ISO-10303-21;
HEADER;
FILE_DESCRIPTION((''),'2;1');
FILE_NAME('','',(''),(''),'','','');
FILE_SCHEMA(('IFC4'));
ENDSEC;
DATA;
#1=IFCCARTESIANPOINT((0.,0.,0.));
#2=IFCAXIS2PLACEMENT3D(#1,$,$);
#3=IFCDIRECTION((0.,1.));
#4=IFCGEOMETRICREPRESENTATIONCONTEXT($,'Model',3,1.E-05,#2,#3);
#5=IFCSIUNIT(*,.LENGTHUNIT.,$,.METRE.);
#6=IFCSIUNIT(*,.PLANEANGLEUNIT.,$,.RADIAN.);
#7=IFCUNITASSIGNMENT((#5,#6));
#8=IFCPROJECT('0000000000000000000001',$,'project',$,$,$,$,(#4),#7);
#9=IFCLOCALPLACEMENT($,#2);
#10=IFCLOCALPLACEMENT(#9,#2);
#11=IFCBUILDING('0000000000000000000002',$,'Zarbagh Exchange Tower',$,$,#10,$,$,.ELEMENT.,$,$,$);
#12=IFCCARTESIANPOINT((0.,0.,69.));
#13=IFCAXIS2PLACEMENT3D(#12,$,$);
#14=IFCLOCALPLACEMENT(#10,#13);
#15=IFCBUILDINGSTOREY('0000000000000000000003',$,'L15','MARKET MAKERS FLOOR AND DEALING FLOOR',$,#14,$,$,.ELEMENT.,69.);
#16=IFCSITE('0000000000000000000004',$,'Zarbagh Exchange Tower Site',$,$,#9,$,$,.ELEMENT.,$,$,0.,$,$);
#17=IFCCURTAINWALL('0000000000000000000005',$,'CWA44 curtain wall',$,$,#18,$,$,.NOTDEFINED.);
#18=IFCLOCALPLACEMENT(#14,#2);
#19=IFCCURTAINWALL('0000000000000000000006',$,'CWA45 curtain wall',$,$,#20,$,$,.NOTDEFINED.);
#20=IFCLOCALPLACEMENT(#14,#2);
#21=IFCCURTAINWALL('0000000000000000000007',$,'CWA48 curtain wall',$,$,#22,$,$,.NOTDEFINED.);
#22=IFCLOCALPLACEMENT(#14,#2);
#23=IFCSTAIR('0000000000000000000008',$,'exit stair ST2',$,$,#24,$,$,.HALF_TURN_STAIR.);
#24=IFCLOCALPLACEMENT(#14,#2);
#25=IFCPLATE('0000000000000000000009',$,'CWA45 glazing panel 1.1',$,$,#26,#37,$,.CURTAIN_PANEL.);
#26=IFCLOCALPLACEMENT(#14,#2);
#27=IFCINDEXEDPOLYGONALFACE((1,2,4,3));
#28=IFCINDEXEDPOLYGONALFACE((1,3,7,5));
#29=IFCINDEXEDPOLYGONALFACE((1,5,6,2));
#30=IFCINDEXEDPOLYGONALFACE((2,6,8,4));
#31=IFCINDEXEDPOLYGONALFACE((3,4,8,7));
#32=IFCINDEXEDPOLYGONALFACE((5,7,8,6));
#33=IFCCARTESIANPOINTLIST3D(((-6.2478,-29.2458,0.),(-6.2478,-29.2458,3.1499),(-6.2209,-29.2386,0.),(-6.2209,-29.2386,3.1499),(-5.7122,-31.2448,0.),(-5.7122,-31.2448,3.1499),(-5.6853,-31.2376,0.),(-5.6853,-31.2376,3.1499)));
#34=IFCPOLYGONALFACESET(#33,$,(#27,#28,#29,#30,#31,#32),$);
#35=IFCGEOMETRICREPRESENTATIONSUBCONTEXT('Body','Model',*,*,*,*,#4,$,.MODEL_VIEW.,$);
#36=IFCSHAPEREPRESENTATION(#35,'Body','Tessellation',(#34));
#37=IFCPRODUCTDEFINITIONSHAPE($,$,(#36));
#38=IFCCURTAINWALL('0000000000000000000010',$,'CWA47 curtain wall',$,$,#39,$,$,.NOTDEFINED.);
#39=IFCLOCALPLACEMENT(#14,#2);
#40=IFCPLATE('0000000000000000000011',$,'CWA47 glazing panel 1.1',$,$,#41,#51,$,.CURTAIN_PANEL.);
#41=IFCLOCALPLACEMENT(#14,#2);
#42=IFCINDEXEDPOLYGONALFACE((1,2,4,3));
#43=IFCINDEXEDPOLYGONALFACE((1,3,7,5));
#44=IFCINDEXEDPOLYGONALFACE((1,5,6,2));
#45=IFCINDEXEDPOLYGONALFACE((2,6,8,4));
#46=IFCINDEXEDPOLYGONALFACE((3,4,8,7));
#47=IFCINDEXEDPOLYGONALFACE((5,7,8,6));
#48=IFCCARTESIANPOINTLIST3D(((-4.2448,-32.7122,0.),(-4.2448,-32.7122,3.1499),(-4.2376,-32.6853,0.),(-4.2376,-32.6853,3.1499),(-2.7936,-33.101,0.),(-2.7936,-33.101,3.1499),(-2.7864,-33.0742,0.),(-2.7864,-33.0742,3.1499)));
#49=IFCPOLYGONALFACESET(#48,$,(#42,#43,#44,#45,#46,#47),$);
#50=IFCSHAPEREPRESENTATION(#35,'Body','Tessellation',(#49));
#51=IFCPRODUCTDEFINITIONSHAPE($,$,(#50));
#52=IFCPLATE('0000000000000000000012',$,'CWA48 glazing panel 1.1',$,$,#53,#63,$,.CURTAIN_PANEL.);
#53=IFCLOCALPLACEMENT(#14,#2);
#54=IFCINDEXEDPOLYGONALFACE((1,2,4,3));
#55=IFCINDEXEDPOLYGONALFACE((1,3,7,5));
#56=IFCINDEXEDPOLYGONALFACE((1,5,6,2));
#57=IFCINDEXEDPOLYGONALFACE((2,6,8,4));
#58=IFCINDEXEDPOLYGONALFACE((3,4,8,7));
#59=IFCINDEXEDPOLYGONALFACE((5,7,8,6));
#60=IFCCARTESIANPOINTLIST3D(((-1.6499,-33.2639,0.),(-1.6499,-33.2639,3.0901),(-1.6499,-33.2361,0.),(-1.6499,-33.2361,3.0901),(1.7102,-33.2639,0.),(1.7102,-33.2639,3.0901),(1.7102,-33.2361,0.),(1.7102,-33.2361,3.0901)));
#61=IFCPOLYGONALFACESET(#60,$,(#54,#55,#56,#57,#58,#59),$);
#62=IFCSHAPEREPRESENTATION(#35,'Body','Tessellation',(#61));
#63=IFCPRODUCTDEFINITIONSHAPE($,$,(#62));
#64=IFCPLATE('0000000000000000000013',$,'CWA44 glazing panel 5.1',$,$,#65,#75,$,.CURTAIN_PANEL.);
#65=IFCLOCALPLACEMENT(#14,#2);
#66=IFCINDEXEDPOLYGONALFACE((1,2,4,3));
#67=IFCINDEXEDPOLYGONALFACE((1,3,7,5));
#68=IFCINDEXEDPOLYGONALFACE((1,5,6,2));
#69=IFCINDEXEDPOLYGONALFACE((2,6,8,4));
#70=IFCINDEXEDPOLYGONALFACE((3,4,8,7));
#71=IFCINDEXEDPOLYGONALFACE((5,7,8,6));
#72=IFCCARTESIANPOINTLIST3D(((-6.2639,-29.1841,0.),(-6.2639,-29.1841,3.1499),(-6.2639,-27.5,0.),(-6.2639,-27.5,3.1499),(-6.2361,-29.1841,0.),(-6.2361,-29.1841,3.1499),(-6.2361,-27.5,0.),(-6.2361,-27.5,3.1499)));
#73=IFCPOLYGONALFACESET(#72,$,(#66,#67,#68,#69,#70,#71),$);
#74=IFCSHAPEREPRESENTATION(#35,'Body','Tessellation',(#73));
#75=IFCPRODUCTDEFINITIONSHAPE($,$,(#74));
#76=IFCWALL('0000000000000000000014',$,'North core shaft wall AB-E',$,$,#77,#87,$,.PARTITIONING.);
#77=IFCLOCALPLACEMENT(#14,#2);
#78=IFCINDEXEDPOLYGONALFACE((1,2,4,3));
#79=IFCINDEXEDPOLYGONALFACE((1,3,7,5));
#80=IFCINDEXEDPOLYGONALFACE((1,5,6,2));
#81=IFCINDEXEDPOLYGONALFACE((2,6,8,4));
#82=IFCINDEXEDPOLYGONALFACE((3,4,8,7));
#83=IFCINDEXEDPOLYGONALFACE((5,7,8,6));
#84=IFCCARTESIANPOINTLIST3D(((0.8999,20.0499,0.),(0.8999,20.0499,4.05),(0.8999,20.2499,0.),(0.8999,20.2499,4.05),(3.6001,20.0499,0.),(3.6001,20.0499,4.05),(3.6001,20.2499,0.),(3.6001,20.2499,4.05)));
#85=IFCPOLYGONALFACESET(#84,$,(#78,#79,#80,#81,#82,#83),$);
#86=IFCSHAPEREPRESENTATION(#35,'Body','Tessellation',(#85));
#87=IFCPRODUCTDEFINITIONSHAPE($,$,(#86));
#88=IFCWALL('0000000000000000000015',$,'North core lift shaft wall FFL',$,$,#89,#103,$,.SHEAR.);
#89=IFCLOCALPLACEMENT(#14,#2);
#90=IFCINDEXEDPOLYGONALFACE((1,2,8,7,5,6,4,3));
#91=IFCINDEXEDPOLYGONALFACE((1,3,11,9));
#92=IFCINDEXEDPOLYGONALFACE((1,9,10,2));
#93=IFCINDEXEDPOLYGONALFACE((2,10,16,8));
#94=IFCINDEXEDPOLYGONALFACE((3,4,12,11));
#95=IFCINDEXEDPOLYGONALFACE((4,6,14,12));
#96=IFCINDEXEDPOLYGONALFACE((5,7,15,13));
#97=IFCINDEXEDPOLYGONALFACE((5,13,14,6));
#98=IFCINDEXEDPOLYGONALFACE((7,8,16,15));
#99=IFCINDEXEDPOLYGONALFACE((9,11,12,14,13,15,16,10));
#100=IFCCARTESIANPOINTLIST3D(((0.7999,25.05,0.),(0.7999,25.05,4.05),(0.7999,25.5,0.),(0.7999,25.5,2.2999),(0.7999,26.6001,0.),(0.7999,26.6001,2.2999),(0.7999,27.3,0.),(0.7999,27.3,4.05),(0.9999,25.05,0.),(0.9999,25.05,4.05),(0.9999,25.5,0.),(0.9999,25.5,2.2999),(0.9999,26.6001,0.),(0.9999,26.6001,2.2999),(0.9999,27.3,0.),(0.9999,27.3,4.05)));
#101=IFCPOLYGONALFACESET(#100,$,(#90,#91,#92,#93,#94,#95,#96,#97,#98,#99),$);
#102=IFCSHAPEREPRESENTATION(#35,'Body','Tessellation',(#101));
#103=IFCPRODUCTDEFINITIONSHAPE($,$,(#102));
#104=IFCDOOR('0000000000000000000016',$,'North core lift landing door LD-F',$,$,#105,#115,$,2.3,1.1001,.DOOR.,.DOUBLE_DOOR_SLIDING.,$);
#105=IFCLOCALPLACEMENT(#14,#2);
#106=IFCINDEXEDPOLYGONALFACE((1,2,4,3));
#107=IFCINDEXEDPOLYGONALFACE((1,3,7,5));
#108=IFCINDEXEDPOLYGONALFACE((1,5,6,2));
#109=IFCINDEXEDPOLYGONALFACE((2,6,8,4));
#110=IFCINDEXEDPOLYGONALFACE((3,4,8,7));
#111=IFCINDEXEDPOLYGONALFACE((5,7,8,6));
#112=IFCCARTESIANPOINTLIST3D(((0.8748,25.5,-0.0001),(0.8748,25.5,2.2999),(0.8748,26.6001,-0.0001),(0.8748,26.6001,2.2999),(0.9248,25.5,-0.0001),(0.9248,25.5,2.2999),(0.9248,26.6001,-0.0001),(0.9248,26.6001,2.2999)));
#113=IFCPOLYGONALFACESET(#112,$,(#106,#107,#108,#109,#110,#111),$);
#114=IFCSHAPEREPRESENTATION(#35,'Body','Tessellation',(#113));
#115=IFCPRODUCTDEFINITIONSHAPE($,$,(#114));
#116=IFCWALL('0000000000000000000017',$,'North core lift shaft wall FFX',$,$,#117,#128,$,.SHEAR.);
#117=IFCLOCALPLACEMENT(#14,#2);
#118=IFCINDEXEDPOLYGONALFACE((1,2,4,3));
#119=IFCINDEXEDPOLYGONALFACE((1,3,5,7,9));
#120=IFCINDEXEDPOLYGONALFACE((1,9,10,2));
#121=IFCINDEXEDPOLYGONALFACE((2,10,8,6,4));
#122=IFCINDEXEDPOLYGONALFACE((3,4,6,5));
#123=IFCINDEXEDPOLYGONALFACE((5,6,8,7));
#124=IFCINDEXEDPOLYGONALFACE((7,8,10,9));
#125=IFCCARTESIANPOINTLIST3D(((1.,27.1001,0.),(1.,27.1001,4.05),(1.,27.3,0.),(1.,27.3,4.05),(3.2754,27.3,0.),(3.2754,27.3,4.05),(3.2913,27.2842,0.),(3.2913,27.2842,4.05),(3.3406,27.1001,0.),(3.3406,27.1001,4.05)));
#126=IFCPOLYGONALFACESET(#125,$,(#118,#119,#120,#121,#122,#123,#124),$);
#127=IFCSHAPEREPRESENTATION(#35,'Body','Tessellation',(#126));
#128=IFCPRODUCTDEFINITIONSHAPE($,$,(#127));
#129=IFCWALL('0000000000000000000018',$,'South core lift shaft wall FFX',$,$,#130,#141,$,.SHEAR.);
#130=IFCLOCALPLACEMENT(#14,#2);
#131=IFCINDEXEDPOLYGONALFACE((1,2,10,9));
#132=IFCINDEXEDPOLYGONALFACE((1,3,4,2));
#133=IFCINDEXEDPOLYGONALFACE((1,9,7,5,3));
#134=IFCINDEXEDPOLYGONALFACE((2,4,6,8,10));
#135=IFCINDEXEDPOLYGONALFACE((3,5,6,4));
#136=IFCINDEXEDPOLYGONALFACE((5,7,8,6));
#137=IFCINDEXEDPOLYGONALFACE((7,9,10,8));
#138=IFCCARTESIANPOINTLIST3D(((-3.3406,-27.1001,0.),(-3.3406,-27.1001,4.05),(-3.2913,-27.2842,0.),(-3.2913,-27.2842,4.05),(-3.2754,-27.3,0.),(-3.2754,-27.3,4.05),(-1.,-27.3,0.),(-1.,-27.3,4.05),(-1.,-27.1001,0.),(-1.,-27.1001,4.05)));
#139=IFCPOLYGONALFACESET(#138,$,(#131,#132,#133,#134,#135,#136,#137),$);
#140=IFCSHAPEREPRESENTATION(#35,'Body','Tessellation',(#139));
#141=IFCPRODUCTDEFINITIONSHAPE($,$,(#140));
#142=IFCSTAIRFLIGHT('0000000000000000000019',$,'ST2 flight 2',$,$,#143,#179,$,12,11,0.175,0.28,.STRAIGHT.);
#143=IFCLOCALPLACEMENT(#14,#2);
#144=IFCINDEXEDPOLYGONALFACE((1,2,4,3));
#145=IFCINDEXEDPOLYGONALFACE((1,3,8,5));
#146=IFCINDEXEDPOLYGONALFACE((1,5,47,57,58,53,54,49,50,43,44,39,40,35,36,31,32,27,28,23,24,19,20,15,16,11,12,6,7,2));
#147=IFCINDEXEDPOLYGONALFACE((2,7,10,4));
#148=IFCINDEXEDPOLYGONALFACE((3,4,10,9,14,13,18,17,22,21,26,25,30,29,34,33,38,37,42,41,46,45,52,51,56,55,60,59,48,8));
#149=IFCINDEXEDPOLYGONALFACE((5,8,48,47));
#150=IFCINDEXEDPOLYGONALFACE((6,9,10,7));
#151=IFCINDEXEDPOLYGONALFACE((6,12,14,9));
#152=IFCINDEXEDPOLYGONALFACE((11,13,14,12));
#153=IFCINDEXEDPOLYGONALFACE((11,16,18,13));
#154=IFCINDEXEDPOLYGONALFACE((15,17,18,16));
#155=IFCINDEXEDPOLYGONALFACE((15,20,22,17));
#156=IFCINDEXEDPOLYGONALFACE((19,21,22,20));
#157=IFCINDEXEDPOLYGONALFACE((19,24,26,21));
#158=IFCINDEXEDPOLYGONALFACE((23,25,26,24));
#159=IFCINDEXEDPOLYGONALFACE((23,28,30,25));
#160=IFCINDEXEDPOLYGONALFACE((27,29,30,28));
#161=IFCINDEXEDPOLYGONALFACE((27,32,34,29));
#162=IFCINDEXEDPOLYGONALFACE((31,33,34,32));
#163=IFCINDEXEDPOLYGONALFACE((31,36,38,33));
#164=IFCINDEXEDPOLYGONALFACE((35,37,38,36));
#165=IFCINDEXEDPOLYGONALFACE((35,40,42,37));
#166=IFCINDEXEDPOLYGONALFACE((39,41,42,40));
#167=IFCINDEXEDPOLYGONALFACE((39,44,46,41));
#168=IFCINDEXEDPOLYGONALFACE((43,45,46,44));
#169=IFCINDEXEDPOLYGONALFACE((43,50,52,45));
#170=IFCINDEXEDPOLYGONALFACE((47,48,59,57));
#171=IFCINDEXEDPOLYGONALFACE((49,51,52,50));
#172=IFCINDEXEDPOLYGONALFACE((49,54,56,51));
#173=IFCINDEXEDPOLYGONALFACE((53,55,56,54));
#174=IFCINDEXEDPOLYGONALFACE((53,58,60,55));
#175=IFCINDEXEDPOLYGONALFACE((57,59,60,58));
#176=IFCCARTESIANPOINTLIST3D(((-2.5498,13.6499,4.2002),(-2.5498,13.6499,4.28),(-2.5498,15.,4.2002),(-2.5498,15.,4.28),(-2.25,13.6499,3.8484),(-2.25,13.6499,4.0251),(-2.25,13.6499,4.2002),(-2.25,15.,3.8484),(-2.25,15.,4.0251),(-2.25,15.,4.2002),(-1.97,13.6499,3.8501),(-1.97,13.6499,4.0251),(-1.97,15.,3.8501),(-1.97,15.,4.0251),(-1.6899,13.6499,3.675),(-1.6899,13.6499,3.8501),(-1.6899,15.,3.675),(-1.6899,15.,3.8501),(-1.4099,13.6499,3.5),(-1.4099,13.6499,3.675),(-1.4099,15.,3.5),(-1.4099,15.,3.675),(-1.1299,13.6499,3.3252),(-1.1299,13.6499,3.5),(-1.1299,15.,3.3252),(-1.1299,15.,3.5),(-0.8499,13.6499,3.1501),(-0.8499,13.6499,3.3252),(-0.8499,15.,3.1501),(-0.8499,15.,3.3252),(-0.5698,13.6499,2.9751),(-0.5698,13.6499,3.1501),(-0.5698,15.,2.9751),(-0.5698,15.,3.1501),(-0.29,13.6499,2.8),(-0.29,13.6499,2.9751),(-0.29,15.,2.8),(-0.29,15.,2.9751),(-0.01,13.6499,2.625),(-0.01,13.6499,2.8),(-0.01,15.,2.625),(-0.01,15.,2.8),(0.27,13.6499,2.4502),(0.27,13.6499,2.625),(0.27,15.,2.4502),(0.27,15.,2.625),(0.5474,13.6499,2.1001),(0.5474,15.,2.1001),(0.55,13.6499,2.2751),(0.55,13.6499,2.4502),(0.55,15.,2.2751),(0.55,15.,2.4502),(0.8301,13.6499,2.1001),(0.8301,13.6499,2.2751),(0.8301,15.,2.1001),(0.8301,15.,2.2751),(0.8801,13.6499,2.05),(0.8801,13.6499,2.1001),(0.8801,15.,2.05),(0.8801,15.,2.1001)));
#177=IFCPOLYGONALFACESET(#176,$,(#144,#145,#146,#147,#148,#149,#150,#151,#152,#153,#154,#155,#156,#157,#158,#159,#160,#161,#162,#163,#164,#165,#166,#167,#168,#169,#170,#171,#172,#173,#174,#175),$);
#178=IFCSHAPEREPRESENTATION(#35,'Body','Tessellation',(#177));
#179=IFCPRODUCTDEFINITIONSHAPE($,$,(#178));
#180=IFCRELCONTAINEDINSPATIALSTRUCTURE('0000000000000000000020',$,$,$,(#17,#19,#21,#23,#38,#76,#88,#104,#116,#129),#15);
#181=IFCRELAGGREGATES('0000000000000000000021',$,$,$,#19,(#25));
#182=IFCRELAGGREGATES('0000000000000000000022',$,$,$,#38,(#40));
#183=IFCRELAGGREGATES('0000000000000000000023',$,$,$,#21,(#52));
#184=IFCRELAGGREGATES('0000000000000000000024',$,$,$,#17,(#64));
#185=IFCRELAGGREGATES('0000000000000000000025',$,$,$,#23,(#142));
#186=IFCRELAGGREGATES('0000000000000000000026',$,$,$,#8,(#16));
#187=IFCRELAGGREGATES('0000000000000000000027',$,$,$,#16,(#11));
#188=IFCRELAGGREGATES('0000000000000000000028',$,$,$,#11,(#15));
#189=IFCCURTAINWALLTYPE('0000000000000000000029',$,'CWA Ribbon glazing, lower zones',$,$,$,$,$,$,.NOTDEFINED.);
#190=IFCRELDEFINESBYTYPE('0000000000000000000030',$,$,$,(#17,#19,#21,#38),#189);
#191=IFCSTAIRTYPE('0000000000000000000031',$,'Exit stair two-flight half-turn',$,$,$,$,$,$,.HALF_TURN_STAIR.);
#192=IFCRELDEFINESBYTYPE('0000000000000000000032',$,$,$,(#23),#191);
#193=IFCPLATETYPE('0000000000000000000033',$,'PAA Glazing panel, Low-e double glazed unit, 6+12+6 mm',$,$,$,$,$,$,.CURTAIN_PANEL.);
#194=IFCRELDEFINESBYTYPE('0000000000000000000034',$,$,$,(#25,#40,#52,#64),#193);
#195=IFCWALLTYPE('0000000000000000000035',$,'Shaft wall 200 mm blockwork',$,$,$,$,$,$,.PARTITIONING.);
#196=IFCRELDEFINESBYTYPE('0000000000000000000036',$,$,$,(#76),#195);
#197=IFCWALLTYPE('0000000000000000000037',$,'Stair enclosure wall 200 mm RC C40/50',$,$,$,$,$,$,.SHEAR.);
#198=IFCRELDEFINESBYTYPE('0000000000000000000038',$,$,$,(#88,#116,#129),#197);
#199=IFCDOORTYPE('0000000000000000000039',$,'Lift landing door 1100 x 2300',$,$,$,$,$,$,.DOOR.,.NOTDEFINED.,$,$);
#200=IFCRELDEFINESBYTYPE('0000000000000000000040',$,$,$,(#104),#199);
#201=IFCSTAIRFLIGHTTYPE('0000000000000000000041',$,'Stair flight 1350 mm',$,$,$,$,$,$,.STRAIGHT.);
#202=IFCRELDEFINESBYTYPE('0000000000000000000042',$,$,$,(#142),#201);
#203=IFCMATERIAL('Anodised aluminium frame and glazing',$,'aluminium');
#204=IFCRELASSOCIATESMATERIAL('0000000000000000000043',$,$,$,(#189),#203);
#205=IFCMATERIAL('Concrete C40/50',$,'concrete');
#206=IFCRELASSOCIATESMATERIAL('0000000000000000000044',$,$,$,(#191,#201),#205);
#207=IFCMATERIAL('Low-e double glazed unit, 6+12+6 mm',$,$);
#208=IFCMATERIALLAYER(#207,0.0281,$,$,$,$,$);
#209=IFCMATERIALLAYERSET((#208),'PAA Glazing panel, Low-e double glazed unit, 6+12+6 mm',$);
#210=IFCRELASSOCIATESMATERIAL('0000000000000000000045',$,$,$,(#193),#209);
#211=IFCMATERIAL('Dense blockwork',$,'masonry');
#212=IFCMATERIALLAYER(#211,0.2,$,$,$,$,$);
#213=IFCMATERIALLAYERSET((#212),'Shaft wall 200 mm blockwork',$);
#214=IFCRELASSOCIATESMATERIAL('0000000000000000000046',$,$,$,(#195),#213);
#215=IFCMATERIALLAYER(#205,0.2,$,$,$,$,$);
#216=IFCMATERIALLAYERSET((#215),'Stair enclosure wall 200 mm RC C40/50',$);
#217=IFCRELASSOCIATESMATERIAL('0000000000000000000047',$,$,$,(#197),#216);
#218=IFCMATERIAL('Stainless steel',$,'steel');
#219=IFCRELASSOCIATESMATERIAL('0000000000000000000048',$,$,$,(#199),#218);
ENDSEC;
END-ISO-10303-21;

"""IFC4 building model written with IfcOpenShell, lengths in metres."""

from ifc_helpers import new_model, si_unit, direction, frame, frame_2d, origin, place, context, subcontext, project, spatial, polyline, rectangle, outline, extrude, source, transform, mapped, material, layer, layer_set, type_object, element, fill, aggregate, save


model = new_model("IFC4")

# Units and contexts
model_context = context("Model", 3, precision=1e-05, world=origin(), true_north=direction((0.0, 1.0)))
body_context = subcontext(model_context, "Body", "Model", "MODEL_VIEW")
ifc_project = project(units=[si_unit("LENGTHUNIT", "METRE"), si_unit("PLANEANGLEUNIT", "RADIAN")], contexts=[model_context])

# Site, building, storey
site_placement = place(None, origin())
site = spatial("IfcSite", under=ifc_project, at=site_placement, Name="Zarbagh Exchange Tower Site", CompositionType="ELEMENT", RefElevation=0.0)
building_placement = place(site_placement, origin())
building = spatial("IfcBuilding", under=site, at=building_placement, Name="Zarbagh Exchange Tower", CompositionType="ELEMENT")
storey_placement = place(building_placement, frame((0.0, 0.0, 69.0)))
storey = spatial("IfcBuildingStorey", under=building, at=storey_placement, Name="L15", Description="MARKET MAKERS FLOOR AND DEALING FLOOR", CompositionType="ELEMENT", Elevation=69.0)

# Curtain wall
ifc_material_1 = material(Name="Anodised aluminium frame and glazing", Category="aluminium")
curtain_wall_type = type_object("IfcCurtainWallType", Name="CWA Ribbon glazing, lower zones", PredefinedType="NOTDEFINED", material=ifc_material_1)
curtain_wall_1_placement = place(storey_placement, origin())
curtain_wall_1 = element("IfcCurtainWall", 1, at=curtain_wall_1_placement, inside=storey, type_object=curtain_wall_type, Name="CWA44 curtain wall", PredefinedType="NOTDEFINED")
placement = place(storey_placement, origin())

# Curtain wall
curtain_wall_2_placement = place(storey_placement, origin())
curtain_wall_2 = element("IfcCurtainWall", 2, at=curtain_wall_2_placement, inside=storey, type_object=curtain_wall_type, Name="CWA45 curtain wall", PredefinedType="NOTDEFINED")

# Curtain wall
curtain_wall_3_placement = place(storey_placement, origin())
curtain_wall_3 = element("IfcCurtainWall", 3, at=curtain_wall_3_placement, inside=storey, type_object=curtain_wall_type, Name="CWA48 curtain wall", PredefinedType="NOTDEFINED")

# Stair
ifc_material_2 = material(Name="Concrete C40/50", Category="concrete")
stair_type = type_object("IfcStairType", Name="Exit stair two-flight half-turn", PredefinedType="HALF_TURN_STAIR", material=ifc_material_2)
stair_1_placement = place(storey_placement, origin())
stair_1 = element("IfcStair", 4, at=stair_1_placement, inside=storey, type_object=stair_type, Name="exit stair ST2", PredefinedType="HALF_TURN_STAIR")

# Shared definitions
ifc_material_3 = material(Name="Low-e double glazed unit, 6+12+6 mm")
ifc_layer_1 = layer(ifc_material_3, 0.0281)
ifc_layer_set_1 = layer_set([ifc_layer_1], Name="PAA Glazing panel, Low-e double glazed unit, 6+12+6 mm")
plate_type = type_object("IfcPlateType", Name="PAA Glazing panel, Low-e double glazed unit, 6+12+6 mm", PredefinedType="CURTAIN_PANEL", material=ifc_layer_set_1)

# Plate
shared_shape_1 = source(origin(), body_context, "Body", "SweptSolid", [
    extrude(outline(polyline([(0.0, -0.0139), (2.0696, -0.0139), (2.0696, 0.0139), (0.0, 0.0139), (0.0, -0.0139)])), origin(), (0.0, 0.0, 1.0), 3.1499),
])
plate_1 = element("IfcPlate", 5, at=placement, type_object=plate_type, Name="CWA45 glazing panel 1.1", PredefinedType="CURTAIN_PANEL", context=body_context, shape_type="MappedRepresentation", body=[
    mapped(shared_shape_1, transform((-6.2344, -29.2422, 0.0), x_axis=(0.258825, -0.965924, 0.0), y_axis=(0.965924, 0.258825, 0.0), z_axis=(0.0, 0.0, 1.0))),
])
aggregate(curtain_wall_2, [plate_1])

# Curtain wall, plate
curtain_wall_4_placement = place(storey_placement, origin())
curtain_wall_4 = element("IfcCurtainWall", 6, at=curtain_wall_4_placement, inside=storey, type_object=curtain_wall_type, Name="CWA47 curtain wall", PredefinedType="NOTDEFINED")
shared_shape_2 = source(origin(), body_context, "Body", "SweptSolid", [
    extrude(outline(polyline([(0.0, -0.0139), (1.5024, -0.0139), (1.5024, 0.0139), (0.0, 0.0139), (0.0, -0.0139)])), origin(), (0.0, 0.0, 1.0), 3.1499),
])
plate_2 = element("IfcPlate", 7, at=placement, type_object=plate_type, Name="CWA47 glazing panel 1.1", PredefinedType="CURTAIN_PANEL", context=body_context, shape_type="MappedRepresentation", body=[
    mapped(shared_shape_2, transform((-4.2412, -32.6987, 0.0), x_axis=(0.965924, -0.258825, 0.0), y_axis=(0.258825, 0.965924, 0.0), z_axis=(0.0, 0.0, 1.0))),
])
aggregate(curtain_wall_4, [plate_2])

# Plates
shared_shape_3 = source(origin(), body_context, "Body", "SweptSolid", [
    extrude(outline(polyline([(0.0, -0.0139), (3.3601, -0.0139), (3.3601, 0.0139), (0.0, 0.0139), (0.0, -0.0139)])), origin(), (0.0, 0.0, 1.0), 3.0901),
])
plate_3 = element("IfcPlate", 8, at=placement, type_object=plate_type, Name="CWA48 glazing panel 1.1", PredefinedType="CURTAIN_PANEL", context=body_context, shape_type="MappedRepresentation", body=[
    mapped(shared_shape_3, transform((-1.6499, -33.25, 0.0), x_axis=(1.0, 0.0, 0.0), y_axis=(0.0, 1.0, 0.0), z_axis=(0.0, 0.0, 1.0))),
])
aggregate(curtain_wall_3, [plate_3])
shared_shape_4 = source(origin(), body_context, "Body", "SweptSolid", [
    extrude(outline(polyline([(0.0, -0.0139), (1.6841, -0.0139), (1.6841, 0.0139), (0.0, 0.0139), (0.0, -0.0139)])), origin(), (0.0, 0.0, 1.0), 3.1499),
])
plate_4 = element("IfcPlate", 9, at=placement, type_object=plate_type, Name="CWA44 glazing panel 5.1", PredefinedType="CURTAIN_PANEL", context=body_context, shape_type="MappedRepresentation", body=[
    mapped(shared_shape_4, transform((-6.25, -27.5, 0.0), x_axis=(0.0, -1.0, 0.0), y_axis=(1.0, 0.0, 0.0), z_axis=(0.0, 0.0, 1.0))),
])
aggregate(curtain_wall_1, [plate_4])

# Wall
ifc_material_4 = material(Name="Dense blockwork", Category="masonry")
ifc_layer_2 = layer(ifc_material_4, 0.2)
ifc_layer_set_2 = layer_set([ifc_layer_2], Name="Shaft wall 200 mm blockwork")
wall_type_1 = type_object("IfcWallType", Name="Shaft wall 200 mm blockwork", PredefinedType="PARTITIONING", material=ifc_layer_set_2)
wall_1_placement = place(storey_placement, frame((0.8999, 20.1499, 0.0), z_axis=(0.0, 0.0, 1.0), x_axis=(1.0, 0.0, 0.0)))
element("IfcWall", 10, at=wall_1_placement, inside=storey, type_object=wall_type_1, Name="North core shaft wall AB-E", PredefinedType="PARTITIONING", context=body_context, shape_type="SweptSolid", body=[
    extrude(rectangle(XDim=2.7002, YDim=0.2, at=frame_2d((1.3501, 0.0))), origin(), (0.0, 0.0, 1.0), 4.05),
])

# Wall, opening, door
ifc_layer_3 = layer(ifc_material_2, 0.2)
ifc_layer_set_3 = layer_set([ifc_layer_3], Name="Stair enclosure wall 200 mm RC C40/50")
wall_type_2 = type_object("IfcWallType", Name="Stair enclosure wall 200 mm RC C40/50", PredefinedType="SHEAR", material=ifc_layer_set_3)
wall_2_placement = place(storey_placement, frame((0.8999, 27.3, 0.0), z_axis=(0.0, 0.0, 1.0), x_axis=(0.0, -1.0, 0.0)))
wall_2 = element("IfcWall", 11, at=wall_2_placement, inside=storey, type_object=wall_type_2, Name="North core lift shaft wall FFL", PredefinedType="SHEAR", context=body_context, shape_type="SweptSolid", body=[
    extrude(rectangle(XDim=2.25, YDim=0.2, at=frame_2d((1.125, 0.0))), origin(), (0.0, 0.0, 1.0), 4.05),
])
opening_placement = place(wall_2_placement, frame((0.7, 0.0, 0.0)))
opening = element("IfcOpeningElement", 12, at=opening_placement, cuts=wall_2, PredefinedType="OPENING", context=body_context, shape_type="SweptSolid", body=[
    extrude(rectangle(XDim=1.1001, YDim=2.3, at=frame_2d((0.55, 1.1499))), frame((0.0, 0.1099, 0.0), z_axis=(0.0, -1.0, 0.0), x_axis=(1.0, 0.0, 0.0)), (0.0, 0.0, 1.0), 0.22),
])
ifc_material_5 = material(Name="Stainless steel", Category="steel")
door_type = type_object("IfcDoorType", Name="Lift landing door 1100 x 2300", OperationType="NOTDEFINED", PredefinedType="DOOR", material=ifc_material_5)
door_placement = place(opening_placement, origin())
door = element("IfcDoor", 13, at=door_placement, inside=storey, type_object=door_type, Name="North core lift landing door LD-F", OperationType="DOUBLE_DOOR_SLIDING", OverallHeight=2.3, OverallWidth=1.1001, PredefinedType="DOOR", context=body_context, shape_type="SweptSolid", body=[
    extrude(rectangle(XDim=1.1001, YDim=2.3, at=frame_2d((0.55, 1.1499))), frame((0.0, 0.0249, 0.0), z_axis=(0.0, -1.0, 0.0), x_axis=(1.0, 0.0, 0.0)), (0.0, 0.0, 1.0), 0.05),
])
fill(opening, door)

# Walls
wall_3_placement = place(storey_placement, origin())
element("IfcWall", 14, at=wall_3_placement, inside=storey, type_object=wall_type_2, Name="North core lift shaft wall FFX", PredefinedType="SHEAR", context=body_context, shape_type="SweptSolid", body=[
    extrude(outline(polyline([(1.0, 27.1001), (3.3406, 27.1001), (3.2913, 27.2842), (3.2754, 27.3), (1.0, 27.3), (1.0, 27.1001)])), origin(), (0.0, 0.0, 1.0), 4.05),
])
wall_4_placement = place(storey_placement, origin())
element("IfcWall", 15, at=wall_4_placement, inside=storey, type_object=wall_type_2, Name="South core lift shaft wall FFX", PredefinedType="SHEAR", context=body_context, shape_type="SweptSolid", body=[
    extrude(outline(polyline([(-1.0, -27.1001), (-3.3406, -27.1001), (-3.2913, -27.2842), (-3.2754, -27.3), (-1.0, -27.3), (-1.0, -27.1001)])), origin(), (0.0, 0.0, 1.0), 4.05),
])

# Stair flight
stair_flight_type = type_object("IfcStairFlightType", Name="Stair flight 1350 mm", PredefinedType="STRAIGHT", material=ifc_material_2)
stair_flight_placement = place(storey_placement, frame((0.8301, 14.325, 2.1001), z_axis=(0.0, 0.0, 1.0), x_axis=(-1.0, 0.0, 0.0)))
stair_flight = element("IfcStairFlight", 16, at=stair_flight_placement, type_object=stair_flight_type, Name="ST2 flight 2", NumberOfRisers=12, NumberOfTreads=11, PredefinedType="STRAIGHT", RiserHeight=0.175, TreadLength=0.28, context=body_context, shape_type="SweptSolid", body=[
    extrude(outline(polyline([(-0.05, -0.05), (-0.05, 0.0), (0.0, 0.0), (0.0, 0.175), (0.28, 0.175), (0.28, 0.3501), (0.5601, 0.3501), (0.5601, 0.5249), (0.8401, 0.5249), (0.8401, 0.7), (1.1201, 0.7), (1.1201, 0.875), (1.3999, 0.875), (1.3999, 1.05), (1.6799, 1.05), (1.6799, 1.2251), (1.96, 1.2251), (1.96, 1.3999), (2.24, 1.3999), (2.24, 1.575), (2.52, 1.575), (2.52, 1.75), (2.8, 1.75), (2.8, 1.925), (3.0801, 1.925), (3.0801, 2.1001), (3.3799, 2.1799), (3.3799, 2.1001), (3.0801, 1.7483), (0.2827, 0.0), (-0.05, -0.05)])), frame((0.0, 0.675, 0.0), z_axis=(0.0, -1.0, 0.0), x_axis=(1.0, 0.0, 0.0)), (0.0, 0.0, 1.0), 1.3501),
])
aggregate(stair_1, [stair_flight])

save(model, "model.ifc")
